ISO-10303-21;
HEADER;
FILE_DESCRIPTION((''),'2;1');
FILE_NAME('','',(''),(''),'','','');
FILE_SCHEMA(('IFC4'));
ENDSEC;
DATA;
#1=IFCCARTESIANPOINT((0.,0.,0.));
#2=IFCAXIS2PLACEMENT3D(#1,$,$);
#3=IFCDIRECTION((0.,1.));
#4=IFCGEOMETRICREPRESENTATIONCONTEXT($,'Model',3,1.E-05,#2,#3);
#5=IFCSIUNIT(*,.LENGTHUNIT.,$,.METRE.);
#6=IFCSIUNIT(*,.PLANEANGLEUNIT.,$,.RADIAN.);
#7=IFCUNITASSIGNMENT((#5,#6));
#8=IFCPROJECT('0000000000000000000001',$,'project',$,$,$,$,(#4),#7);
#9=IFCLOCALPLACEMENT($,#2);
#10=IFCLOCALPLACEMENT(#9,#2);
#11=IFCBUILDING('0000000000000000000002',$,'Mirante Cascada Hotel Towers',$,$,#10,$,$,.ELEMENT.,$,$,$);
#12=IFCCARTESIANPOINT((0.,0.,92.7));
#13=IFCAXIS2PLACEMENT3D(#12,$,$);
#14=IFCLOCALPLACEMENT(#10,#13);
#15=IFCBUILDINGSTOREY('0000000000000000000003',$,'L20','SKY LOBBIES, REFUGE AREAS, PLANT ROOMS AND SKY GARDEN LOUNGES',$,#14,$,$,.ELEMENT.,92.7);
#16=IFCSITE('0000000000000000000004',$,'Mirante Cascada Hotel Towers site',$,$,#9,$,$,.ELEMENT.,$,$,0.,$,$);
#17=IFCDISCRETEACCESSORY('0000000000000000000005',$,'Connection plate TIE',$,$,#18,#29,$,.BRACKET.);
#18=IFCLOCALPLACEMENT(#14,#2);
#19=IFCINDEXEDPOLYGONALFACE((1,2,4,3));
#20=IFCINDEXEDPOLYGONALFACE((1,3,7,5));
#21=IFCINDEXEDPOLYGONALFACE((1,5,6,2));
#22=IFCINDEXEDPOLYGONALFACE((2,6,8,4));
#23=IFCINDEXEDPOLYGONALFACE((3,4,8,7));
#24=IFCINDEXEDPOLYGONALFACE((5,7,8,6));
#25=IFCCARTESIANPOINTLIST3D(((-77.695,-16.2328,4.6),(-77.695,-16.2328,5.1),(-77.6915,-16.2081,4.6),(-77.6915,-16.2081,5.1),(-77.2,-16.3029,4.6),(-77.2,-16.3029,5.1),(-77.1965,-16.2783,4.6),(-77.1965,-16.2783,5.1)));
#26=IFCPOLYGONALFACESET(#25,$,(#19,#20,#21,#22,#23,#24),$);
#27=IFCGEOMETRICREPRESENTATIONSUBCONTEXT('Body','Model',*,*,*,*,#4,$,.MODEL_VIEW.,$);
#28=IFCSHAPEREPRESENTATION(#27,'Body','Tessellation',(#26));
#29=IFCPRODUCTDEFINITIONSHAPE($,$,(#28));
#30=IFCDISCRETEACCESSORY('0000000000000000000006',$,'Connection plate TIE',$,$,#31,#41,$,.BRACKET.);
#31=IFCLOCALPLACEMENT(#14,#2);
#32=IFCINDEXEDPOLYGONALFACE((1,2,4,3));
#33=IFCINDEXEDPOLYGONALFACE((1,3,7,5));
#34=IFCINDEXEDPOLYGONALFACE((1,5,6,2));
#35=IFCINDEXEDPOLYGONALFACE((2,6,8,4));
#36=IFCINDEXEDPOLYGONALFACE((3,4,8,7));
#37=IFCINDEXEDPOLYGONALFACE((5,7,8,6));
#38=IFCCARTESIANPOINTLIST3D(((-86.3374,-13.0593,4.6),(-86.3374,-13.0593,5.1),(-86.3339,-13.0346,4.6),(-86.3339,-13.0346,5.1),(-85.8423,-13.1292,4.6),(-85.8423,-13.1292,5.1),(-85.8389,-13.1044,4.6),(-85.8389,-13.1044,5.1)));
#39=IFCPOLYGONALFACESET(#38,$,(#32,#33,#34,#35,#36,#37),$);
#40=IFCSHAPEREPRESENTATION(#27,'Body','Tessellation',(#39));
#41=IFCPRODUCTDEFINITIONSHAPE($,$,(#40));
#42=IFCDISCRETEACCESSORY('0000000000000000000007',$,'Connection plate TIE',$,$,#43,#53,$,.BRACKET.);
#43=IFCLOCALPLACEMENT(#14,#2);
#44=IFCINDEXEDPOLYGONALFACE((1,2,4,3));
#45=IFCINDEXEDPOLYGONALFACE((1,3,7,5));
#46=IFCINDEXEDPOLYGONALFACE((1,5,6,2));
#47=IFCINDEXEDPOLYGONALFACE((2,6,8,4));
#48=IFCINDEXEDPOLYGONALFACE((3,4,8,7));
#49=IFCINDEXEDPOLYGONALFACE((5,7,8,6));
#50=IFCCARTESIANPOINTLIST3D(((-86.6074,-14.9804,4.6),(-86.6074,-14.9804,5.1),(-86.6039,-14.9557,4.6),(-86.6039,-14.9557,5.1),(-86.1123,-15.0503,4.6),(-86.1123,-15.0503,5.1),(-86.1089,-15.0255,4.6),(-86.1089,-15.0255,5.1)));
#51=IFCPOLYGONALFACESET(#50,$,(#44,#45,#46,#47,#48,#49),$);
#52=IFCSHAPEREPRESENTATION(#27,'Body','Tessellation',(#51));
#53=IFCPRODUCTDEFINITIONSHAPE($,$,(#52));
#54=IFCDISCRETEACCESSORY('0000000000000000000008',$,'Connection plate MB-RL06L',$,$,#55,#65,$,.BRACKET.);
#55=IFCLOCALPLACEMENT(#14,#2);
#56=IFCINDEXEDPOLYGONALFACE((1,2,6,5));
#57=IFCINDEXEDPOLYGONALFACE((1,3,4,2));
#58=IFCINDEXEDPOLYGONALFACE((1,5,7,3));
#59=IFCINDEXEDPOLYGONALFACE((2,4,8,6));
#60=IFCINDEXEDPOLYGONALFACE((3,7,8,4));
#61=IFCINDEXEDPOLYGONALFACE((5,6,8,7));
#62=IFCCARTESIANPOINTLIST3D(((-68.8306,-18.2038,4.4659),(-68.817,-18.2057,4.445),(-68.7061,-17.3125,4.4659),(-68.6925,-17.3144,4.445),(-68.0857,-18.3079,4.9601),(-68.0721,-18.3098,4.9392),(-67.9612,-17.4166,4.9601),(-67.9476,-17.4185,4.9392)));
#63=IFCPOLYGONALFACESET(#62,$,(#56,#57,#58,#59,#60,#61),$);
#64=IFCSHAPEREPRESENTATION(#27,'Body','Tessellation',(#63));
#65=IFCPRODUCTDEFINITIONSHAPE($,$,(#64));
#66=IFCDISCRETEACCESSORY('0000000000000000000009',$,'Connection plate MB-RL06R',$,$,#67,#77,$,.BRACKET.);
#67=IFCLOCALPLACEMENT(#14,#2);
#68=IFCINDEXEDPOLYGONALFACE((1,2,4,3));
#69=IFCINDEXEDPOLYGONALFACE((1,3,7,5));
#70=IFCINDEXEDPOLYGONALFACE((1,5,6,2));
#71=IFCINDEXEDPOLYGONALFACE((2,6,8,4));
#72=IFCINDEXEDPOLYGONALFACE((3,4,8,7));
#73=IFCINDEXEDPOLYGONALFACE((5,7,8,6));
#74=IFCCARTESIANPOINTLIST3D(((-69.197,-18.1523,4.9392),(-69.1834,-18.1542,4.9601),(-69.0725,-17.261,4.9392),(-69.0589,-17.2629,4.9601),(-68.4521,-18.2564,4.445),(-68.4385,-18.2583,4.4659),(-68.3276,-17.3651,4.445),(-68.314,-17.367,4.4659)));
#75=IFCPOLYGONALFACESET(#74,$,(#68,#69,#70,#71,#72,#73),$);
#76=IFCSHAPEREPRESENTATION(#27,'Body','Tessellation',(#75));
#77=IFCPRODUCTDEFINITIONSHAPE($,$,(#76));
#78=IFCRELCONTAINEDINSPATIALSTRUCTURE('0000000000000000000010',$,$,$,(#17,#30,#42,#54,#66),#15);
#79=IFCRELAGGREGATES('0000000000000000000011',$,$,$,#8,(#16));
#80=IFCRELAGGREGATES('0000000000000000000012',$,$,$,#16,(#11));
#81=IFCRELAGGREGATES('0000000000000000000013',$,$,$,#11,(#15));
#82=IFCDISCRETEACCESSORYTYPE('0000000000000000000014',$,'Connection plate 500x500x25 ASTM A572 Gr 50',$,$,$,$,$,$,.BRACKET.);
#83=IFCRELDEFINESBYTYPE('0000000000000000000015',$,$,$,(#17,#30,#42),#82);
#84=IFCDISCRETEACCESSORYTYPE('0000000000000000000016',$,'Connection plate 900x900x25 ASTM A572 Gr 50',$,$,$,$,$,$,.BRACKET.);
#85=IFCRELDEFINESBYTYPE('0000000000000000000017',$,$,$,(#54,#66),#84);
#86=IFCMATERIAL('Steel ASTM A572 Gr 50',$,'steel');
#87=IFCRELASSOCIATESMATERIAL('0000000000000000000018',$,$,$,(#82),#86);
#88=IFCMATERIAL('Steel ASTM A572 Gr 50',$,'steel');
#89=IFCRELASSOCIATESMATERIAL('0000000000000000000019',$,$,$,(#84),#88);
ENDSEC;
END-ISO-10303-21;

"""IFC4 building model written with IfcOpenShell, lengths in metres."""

from ifc_helpers import new_model, si_unit, direction, frame, origin, origin_2d, place, context, subcontext, project, spatial, rectangle, extrude, material, material_profile, profile_set, type_object, element, save


model = new_model("IFC4")

# Units and contexts
model_context = context("Model", 3, precision=1e-05, world=origin(), true_north=direction((0.0, 1.0)))
body_context = subcontext(model_context, "Body", "Model", "MODEL_VIEW")
ifc_project = project(units=[si_unit("LENGTHUNIT", "METRE"), si_unit("PLANEANGLEUNIT", "RADIAN")], contexts=[model_context])

# Site, building, storey
site_placement = place(None, origin())
site = spatial("IfcSite", under=ifc_project, at=site_placement, Name="Mirante Cascada Hotel Towers site", CompositionType="ELEMENT", RefElevation=0.0)
building_placement = place(site_placement, origin())
building = spatial("IfcBuilding", under=site, at=building_placement, Name="Mirante Cascada Hotel Towers", CompositionType="ELEMENT")
storey_placement = place(building_placement, frame((0.0, 0.0, 92.7)))
storey = spatial("IfcBuildingStorey", under=building, at=storey_placement, Name="L20", Description="SKY LOBBIES, REFUGE AREAS, PLANT ROOMS AND SKY GARDEN LOUNGES", CompositionType="ELEMENT", Elevation=92.7)

# Discrete accessories
ifc_material_1 = material(Name="Steel ASTM A572 Gr 50", Category="steel")
ifc_material_profile_1 = material_profile(ifc_material_1, rectangle(XDim=0.5, YDim=0.5, at=origin_2d()), Name="Connection plate 500x500x25 ASTM A572 Gr 50")
ifc_profile_set_1 = profile_set([ifc_material_profile_1], Name="Steel ASTM A572 Gr 50")
discrete_accessory_type_1 = type_object("IfcDiscreteAccessoryType", Name="Connection plate 500x500x25 ASTM A572 Gr 50", PredefinedType="BRACKET", material=ifc_profile_set_1)
for number, where, z_axis, x_axis, name in (
    (1, (-77.444, -16.2432, 4.85), (-0.140299, -0.990109, 0.0), (0.990109, -0.140299, 0.0), "Connection plate TIE"),
):
    element("IfcDiscreteAccessory", number, at=place(storey_placement, frame(where, z_axis=z_axis, x_axis=x_axis)), inside=storey, type_object=discrete_accessory_type_1, Name=name, PredefinedType="BRACKET", context=body_context, shape_type="SweptSolid", body=[
        extrude(rectangle(XDim=0.5, YDim=0.5, at=origin_2d()), origin(), (0.0, 0.0, 1.0), 0.0249),
    ])
for number, where, z_axis, x_axis, name in (
    (2, (-86.0864, -13.0695, 4.85), (-0.139744, -0.990188, 0.0), (0.990188, -0.139744, 0.0), "Connection plate TIE"),
    (3, (-86.3564, -14.9906, 4.85), (-0.139744, -0.990188, 0.0), (0.990188, -0.139744, 0.0), "Connection plate TIE"),
):
    element("IfcDiscreteAccessory", number, at=place(storey_placement, frame(where, z_axis=z_axis, x_axis=x_axis)), inside=storey, type_object=discrete_accessory_type_1, Name=name, PredefinedType="BRACKET", context=body_context, shape_type="SweptSolid", body=[
        extrude(rectangle(XDim=0.5, YDim=0.5, at=origin_2d()), origin(), (0.0, 0.0, 1.0), 0.025),
    ])
ifc_material_2 = material(Name="Steel ASTM A572 Gr 50", Category="steel")
ifc_material_profile_2 = material_profile(ifc_material_2, rectangle(XDim=0.9, YDim=0.9, at=origin_2d()), Name="Connection plate 900x900x25 ASTM A572 Gr 50")
ifc_profile_set_2 = profile_set([ifc_material_profile_2], Name="Steel ASTM A572 Gr 50")
discrete_accessory_type_2 = type_object("IfcDiscreteAccessoryType", Name="Connection plate 900x900x25 ASTM A572 Gr 50", PredefinedType="BRACKET", material=ifc_profile_set_2)
for number, where, z_axis, x_axis, name in (
    (4, (-68.3823, -17.8121, 4.6921), (-0.543835, 0.075977, 0.835746), (-0.138362, -0.990382, 0.0), "Connection plate MB-RL06L"),
    (5, (-68.7623, -17.7587, 4.6921), (0.543835, -0.075977, 0.835746), (0.138362, 0.990382, 0.0), "Connection plate MB-RL06R"),
):
    element("IfcDiscreteAccessory", number, at=place(storey_placement, frame(where, z_axis=z_axis, x_axis=x_axis)), inside=storey, type_object=discrete_accessory_type_2, Name=name, PredefinedType="BRACKET", context=body_context, shape_type="SweptSolid", body=[
        extrude(rectangle(XDim=0.9, YDim=0.9, at=origin_2d()), origin(), (0.0, 0.0, 1.0), 0.025),
    ])

save(model, "model.ifc")
